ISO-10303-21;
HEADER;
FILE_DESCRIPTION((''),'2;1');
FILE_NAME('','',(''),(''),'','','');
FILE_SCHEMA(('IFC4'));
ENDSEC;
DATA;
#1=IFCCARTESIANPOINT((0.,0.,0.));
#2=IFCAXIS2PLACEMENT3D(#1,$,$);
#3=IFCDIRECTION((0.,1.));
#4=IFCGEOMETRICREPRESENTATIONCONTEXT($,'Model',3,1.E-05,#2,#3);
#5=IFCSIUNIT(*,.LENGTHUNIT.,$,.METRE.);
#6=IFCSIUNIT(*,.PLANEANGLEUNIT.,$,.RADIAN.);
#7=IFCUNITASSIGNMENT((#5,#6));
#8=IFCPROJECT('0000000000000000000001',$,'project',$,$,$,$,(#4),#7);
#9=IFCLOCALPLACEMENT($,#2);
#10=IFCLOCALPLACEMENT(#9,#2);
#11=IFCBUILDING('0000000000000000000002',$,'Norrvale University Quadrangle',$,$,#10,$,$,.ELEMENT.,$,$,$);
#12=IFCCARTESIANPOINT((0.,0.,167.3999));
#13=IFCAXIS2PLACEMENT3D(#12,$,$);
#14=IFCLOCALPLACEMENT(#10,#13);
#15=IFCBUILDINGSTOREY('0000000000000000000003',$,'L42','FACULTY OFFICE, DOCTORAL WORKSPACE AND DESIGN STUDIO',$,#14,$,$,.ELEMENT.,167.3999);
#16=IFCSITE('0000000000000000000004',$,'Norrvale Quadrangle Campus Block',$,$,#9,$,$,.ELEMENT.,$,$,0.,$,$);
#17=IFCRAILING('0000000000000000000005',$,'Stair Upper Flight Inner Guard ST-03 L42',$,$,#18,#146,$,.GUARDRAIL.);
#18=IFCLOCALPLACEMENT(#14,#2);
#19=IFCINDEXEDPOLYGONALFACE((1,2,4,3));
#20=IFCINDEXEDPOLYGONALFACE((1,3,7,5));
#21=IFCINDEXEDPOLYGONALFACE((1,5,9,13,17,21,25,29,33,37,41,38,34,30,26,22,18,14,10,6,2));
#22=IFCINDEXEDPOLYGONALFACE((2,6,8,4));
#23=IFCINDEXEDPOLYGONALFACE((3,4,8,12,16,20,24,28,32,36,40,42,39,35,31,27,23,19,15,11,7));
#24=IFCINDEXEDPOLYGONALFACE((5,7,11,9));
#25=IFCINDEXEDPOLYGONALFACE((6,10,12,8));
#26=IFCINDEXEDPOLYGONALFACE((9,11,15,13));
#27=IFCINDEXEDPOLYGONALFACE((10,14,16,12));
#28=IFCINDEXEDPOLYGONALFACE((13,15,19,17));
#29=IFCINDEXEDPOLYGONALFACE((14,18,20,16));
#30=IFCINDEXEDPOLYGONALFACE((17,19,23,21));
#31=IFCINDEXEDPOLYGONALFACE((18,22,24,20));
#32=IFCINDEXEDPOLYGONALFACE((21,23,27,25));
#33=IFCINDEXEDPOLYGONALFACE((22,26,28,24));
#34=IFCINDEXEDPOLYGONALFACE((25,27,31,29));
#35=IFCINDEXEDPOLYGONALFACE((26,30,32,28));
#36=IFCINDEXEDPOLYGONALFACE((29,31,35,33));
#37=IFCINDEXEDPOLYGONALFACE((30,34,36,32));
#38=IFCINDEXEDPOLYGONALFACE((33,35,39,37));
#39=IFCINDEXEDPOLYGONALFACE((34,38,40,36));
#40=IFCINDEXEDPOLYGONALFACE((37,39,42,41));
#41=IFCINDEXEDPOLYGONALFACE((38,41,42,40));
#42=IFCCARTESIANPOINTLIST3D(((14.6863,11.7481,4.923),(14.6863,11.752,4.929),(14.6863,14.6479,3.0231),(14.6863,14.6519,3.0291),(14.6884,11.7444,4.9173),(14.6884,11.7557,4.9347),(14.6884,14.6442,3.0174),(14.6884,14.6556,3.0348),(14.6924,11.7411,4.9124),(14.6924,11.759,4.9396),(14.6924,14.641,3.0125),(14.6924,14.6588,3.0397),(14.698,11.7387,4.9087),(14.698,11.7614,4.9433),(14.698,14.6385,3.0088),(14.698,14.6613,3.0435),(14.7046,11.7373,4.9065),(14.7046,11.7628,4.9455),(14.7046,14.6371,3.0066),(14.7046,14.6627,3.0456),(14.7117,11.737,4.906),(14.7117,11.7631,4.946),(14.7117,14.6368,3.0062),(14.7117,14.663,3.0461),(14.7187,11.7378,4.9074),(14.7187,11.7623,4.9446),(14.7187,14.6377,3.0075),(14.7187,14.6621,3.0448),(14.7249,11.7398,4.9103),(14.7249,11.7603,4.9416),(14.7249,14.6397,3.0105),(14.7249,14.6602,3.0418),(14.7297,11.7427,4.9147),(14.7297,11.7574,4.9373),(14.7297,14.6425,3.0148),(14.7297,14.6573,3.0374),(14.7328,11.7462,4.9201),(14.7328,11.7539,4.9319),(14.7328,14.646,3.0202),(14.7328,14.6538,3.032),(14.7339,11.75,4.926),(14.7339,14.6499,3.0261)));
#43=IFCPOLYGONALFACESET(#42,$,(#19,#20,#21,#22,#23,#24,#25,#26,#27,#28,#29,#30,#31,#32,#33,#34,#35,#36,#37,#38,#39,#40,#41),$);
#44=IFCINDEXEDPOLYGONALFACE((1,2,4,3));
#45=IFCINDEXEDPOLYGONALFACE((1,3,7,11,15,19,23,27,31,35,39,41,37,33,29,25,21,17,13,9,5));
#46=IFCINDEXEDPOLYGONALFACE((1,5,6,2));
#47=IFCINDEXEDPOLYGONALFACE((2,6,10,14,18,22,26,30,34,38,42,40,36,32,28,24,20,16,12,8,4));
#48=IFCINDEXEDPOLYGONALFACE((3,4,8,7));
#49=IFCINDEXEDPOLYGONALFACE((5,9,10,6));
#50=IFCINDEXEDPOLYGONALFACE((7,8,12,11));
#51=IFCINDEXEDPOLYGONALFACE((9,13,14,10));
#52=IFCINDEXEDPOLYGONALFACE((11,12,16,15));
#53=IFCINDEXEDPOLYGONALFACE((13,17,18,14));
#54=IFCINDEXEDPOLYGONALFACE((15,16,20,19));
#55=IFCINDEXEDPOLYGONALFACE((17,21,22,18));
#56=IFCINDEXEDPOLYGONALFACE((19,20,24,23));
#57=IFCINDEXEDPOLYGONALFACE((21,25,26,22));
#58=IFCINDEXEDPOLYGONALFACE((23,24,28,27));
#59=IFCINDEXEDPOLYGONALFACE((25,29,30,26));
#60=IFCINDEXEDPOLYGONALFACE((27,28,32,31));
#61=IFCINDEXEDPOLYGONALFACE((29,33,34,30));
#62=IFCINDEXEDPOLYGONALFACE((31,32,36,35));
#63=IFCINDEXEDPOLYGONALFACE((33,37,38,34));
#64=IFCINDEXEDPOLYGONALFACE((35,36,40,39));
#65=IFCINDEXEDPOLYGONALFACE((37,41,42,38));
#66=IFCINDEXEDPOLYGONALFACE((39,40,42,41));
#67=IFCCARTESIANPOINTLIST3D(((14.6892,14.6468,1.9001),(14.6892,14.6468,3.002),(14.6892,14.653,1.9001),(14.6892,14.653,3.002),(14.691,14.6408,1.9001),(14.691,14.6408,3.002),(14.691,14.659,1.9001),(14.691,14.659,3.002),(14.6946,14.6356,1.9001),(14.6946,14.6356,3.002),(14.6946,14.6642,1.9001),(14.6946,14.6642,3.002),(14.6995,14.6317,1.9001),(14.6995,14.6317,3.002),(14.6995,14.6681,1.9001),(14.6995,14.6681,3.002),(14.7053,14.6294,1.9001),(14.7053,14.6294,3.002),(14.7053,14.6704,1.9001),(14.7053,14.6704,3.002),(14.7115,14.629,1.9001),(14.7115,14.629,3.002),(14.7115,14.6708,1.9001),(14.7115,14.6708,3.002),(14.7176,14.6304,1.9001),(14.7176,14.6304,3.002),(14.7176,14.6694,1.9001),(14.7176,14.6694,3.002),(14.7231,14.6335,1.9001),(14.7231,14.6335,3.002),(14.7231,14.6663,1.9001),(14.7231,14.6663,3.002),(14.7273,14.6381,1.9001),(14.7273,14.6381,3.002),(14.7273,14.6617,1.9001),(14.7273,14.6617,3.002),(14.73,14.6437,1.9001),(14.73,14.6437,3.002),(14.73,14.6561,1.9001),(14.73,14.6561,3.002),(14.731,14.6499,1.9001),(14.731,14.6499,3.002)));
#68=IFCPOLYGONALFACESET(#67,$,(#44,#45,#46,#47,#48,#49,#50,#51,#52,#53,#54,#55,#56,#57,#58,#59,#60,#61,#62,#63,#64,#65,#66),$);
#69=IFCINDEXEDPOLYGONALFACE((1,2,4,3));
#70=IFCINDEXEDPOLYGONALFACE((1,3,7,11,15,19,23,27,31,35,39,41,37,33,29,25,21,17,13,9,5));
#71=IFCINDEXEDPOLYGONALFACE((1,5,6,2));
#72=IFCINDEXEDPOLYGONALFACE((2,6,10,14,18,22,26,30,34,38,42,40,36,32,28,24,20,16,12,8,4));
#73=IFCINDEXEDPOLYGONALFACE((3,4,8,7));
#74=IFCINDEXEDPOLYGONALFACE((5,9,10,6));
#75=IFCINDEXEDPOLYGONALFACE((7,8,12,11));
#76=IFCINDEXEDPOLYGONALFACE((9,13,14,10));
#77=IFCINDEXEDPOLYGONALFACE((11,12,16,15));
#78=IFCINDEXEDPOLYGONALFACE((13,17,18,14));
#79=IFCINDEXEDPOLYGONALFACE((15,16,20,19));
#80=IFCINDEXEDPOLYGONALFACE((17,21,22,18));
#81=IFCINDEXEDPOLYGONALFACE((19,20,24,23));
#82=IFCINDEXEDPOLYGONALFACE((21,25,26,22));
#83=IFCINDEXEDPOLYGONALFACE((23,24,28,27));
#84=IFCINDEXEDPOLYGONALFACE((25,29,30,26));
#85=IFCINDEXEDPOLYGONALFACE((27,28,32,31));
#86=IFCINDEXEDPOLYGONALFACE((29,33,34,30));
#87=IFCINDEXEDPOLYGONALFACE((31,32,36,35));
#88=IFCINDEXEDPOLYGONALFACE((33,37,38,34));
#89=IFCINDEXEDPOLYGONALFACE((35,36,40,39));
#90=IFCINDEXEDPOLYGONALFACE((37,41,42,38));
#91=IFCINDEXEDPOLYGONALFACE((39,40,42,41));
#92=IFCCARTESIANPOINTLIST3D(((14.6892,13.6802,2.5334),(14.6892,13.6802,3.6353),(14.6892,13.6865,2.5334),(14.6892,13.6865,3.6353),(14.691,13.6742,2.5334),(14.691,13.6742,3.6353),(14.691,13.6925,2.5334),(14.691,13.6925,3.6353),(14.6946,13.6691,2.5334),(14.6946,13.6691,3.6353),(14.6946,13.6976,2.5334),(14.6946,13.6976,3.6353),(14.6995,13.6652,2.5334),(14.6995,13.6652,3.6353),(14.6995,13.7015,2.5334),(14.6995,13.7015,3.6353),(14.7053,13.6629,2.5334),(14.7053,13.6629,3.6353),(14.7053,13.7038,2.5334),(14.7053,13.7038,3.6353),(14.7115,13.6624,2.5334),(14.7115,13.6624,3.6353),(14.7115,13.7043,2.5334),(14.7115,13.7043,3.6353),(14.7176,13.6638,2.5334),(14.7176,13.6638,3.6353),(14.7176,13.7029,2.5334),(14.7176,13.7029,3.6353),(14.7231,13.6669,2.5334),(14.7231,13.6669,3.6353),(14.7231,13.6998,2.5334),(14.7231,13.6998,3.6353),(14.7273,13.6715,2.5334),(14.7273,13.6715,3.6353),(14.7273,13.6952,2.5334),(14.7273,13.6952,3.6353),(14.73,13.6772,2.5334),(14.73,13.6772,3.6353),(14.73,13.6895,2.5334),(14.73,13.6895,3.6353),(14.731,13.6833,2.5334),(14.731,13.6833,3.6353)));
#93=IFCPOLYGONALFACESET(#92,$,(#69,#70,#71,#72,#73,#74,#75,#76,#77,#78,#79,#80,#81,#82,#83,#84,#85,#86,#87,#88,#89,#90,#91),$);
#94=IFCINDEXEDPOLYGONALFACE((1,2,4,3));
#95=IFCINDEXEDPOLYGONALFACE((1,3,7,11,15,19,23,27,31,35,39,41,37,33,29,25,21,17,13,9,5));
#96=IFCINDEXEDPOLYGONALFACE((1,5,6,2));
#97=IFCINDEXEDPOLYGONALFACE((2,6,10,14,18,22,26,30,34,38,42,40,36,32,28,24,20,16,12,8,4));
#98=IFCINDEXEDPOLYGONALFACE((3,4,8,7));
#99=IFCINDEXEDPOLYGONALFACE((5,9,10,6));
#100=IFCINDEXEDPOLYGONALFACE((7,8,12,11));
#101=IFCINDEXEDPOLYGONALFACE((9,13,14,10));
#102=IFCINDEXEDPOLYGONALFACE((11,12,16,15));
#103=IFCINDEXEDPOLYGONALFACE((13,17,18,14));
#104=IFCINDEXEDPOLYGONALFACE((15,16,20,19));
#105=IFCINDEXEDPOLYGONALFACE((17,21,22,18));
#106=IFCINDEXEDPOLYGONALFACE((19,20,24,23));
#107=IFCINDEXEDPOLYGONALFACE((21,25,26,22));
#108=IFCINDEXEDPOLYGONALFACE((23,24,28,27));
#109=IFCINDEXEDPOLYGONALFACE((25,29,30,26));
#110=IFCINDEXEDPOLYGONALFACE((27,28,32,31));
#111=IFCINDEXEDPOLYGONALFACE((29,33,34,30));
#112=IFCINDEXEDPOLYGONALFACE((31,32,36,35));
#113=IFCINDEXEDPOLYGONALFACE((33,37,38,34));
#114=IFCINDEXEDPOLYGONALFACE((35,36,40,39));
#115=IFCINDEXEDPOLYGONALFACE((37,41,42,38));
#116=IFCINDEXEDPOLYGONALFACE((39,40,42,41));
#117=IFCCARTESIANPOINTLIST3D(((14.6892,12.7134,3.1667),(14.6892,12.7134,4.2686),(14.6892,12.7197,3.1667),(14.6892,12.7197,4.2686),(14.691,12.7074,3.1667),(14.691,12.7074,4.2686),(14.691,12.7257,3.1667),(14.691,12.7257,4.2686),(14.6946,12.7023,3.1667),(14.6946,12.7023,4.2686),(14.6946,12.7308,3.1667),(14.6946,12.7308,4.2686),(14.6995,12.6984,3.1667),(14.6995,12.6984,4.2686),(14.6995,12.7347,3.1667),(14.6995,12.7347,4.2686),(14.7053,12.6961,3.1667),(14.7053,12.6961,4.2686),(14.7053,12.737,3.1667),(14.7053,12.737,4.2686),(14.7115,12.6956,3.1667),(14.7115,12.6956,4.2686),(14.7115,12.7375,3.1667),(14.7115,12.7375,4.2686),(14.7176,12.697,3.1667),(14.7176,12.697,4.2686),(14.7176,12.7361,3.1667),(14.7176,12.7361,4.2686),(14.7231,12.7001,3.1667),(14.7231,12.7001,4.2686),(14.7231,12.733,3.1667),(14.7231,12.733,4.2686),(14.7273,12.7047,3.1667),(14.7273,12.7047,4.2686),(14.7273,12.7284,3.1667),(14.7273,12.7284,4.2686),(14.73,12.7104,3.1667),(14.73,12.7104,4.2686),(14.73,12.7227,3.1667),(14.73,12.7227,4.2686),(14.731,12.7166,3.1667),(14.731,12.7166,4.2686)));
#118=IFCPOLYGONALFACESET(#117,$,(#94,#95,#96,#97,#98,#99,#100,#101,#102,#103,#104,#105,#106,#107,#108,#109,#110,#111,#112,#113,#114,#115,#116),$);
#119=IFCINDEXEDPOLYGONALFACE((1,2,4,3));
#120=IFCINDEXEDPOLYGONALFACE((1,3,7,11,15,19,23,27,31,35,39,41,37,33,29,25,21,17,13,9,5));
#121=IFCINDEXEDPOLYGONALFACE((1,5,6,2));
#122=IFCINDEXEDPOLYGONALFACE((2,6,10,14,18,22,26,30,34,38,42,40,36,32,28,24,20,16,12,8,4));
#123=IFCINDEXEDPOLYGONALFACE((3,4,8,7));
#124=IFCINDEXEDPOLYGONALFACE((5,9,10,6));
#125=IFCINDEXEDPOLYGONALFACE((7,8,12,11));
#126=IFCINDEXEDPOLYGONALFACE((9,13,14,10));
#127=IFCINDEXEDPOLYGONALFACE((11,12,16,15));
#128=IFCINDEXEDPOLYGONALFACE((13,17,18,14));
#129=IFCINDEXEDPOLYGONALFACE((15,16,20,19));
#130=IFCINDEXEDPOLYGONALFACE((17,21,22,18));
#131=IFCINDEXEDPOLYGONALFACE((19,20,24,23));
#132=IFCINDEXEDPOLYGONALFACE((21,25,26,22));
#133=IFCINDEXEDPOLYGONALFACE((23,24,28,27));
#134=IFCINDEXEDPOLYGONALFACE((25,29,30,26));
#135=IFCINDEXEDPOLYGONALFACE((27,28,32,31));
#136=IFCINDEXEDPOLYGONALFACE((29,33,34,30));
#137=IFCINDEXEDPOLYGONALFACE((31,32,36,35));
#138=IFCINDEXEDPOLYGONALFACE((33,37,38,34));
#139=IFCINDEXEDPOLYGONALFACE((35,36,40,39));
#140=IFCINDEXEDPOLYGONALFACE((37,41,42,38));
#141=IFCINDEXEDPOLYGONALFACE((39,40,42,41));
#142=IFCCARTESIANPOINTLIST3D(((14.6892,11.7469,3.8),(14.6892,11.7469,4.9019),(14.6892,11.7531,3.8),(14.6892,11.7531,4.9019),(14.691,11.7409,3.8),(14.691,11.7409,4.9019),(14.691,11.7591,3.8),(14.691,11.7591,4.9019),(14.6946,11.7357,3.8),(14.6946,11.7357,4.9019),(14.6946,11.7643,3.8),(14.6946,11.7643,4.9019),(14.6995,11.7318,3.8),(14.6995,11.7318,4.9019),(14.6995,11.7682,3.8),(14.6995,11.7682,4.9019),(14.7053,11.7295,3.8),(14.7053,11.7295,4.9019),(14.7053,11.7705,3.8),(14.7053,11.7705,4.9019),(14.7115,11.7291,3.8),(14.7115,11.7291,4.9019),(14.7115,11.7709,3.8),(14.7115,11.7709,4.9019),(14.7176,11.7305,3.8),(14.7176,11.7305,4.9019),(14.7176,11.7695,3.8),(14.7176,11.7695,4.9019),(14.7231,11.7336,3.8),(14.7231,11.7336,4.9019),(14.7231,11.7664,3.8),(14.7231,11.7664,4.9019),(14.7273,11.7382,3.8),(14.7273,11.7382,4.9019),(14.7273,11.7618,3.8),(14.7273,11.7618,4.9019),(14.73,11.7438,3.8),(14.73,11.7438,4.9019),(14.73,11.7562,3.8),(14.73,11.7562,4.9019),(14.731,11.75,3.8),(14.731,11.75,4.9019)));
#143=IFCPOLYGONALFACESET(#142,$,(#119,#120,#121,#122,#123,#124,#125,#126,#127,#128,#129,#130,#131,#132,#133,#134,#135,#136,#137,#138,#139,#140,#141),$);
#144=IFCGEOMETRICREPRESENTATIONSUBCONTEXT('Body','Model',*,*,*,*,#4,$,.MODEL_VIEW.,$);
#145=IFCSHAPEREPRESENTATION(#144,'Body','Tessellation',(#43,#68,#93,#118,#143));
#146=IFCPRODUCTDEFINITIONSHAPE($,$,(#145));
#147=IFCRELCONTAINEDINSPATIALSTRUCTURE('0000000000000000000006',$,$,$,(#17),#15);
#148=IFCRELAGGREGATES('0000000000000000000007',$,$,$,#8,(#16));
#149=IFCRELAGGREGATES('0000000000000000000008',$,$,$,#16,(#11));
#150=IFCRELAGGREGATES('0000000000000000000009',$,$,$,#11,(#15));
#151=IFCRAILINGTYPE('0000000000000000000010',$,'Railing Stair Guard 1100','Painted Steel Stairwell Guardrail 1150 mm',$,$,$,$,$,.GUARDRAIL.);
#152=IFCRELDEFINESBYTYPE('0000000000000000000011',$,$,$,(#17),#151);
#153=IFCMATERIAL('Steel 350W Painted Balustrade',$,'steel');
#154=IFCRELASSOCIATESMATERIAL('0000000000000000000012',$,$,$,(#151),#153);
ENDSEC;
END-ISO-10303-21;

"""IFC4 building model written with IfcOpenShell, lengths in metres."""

from ifc_helpers import new_model, si_unit, direction, frame, origin, origin_2d, place, context, subcontext, project, spatial, circle, extrude, material, type_object, element, save


model = new_model("IFC4")

# Units and contexts
model_context = context("Model", 3, precision=1e-05, world=origin(), true_north=direction((0.0, 1.0)))
body_context = subcontext(model_context, "Body", "Model", "MODEL_VIEW")
ifc_project = project(units=[si_unit("LENGTHUNIT", "METRE"), si_unit("PLANEANGLEUNIT", "RADIAN")], contexts=[model_context])

# Site, building, storey
site_placement = place(None, origin())
site = spatial("IfcSite", under=ifc_project, at=site_placement, Name="Norrvale Quadrangle Campus Block", CompositionType="ELEMENT", RefElevation=0.0)
building_placement = place(site_placement, origin())
building = spatial("IfcBuilding", under=site, at=building_placement, Name="Norrvale University Quadrangle", CompositionType="ELEMENT")
storey_placement = place(building_placement, frame((0.0, 0.0, 167.3999)))
storey = spatial("IfcBuildingStorey", under=building, at=storey_placement, Name="L42", Description="FACULTY OFFICE, DOCTORAL WORKSPACE AND DESIGN STUDIO", CompositionType="ELEMENT", Elevation=167.3999)

# Railing
ifc_material_1 = material(Name="Steel 350W Painted Balustrade", Category="steel")
railing_type_1 = type_object("IfcRailingType", Name="Railing Stair Guard 1100", Description="Painted Steel Stairwell Guardrail 1150 mm", PredefinedType="GUARDRAIL", material=ifc_material_1)
railing_1_placement = place(storey_placement, frame((14.71, 14.6499, 1.9001)))
element("IfcRailing", 1, at=railing_1_placement, inside=storey, type_object=railing_type_1, Name="Stair Upper Flight Inner Guard ST-03 L42", PredefinedType="GUARDRAIL", context=body_context, shape_type="SweptSolid", body=[
    extrude(circle(Radius=0.0239, at=origin_2d()), frame((0.0, 0.0, 1.126), z_axis=(0.0, -0.836466, 0.548019), x_axis=(1.0, 0.0, 0.0)), (0.0, 0.0, 1.0), 3.4668),
    extrude(circle(Radius=0.021, at=origin_2d()), origin(), (0.0, 0.0, 1.0), 1.1018),
    extrude(circle(Radius=0.021, at=origin_2d()), frame((0.0, -0.9666, 0.6333)), (0.0, 0.0, 1.0), 1.1018),
    extrude(circle(Radius=0.021, at=origin_2d()), frame((0.0, -1.9333, 1.2666)), (0.0, 0.0, 1.0), 1.1018),
    extrude(circle(Radius=0.021, at=origin_2d()), frame((0.0, -2.8999, 1.8999)), (0.0, 0.0, 1.0), 1.1018),
])

save(model, "model.ifc")
